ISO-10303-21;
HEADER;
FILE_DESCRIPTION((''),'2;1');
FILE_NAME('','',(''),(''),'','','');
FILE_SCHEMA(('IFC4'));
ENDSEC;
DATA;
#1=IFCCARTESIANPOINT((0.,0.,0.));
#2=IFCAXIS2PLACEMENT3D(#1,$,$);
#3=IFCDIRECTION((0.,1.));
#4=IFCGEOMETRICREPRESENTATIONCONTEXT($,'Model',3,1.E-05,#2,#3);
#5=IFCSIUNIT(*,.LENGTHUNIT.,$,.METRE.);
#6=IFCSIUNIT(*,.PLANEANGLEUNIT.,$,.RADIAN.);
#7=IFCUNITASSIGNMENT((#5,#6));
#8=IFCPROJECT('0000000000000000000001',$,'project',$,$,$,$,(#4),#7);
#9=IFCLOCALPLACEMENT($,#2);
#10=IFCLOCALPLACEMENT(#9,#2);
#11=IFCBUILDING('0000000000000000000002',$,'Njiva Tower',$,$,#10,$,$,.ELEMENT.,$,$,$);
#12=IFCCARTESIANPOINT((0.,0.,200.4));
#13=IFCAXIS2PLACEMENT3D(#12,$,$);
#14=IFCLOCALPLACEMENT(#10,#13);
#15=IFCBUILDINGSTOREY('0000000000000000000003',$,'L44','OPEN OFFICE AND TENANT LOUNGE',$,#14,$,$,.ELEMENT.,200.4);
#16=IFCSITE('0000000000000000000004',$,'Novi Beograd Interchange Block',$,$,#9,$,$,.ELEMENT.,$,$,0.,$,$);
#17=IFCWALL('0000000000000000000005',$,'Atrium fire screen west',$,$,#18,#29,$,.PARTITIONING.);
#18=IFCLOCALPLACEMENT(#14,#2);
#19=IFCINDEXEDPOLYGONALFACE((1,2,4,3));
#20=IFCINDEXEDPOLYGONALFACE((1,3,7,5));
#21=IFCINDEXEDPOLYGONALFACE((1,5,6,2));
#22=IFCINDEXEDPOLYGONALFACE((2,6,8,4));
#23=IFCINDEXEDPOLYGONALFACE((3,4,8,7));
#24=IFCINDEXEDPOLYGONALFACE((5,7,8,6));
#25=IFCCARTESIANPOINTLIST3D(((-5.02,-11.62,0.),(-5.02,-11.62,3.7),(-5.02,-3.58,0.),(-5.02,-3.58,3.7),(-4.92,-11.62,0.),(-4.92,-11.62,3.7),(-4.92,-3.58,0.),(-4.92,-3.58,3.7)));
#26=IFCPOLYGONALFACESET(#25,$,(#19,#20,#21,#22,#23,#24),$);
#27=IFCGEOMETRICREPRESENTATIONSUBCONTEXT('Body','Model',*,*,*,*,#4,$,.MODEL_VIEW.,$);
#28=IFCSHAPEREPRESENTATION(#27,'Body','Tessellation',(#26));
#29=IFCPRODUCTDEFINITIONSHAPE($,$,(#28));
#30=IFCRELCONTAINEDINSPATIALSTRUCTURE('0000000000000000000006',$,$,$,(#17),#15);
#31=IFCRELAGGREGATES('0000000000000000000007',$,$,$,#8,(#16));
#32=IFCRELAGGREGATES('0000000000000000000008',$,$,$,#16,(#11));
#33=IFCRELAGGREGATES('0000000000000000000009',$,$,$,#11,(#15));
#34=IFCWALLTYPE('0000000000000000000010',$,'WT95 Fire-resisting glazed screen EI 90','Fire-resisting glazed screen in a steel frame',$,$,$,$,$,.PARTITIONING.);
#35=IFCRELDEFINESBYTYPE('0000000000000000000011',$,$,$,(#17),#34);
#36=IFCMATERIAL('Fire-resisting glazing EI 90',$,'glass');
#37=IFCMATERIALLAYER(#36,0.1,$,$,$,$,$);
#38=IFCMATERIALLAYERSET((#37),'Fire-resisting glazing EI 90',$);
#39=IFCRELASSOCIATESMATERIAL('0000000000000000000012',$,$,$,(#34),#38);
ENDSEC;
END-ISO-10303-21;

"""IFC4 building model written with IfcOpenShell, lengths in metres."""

from ifc_helpers import new_model, si_unit, direction, frame, frame_2d, origin, place, context, subcontext, project, spatial, rectangle, extrude, material, layer, layer_set, type_object, element, save


model = new_model("IFC4")

# Units and contexts
model_context = context("Model", 3, precision=1e-05, world=origin(), true_north=direction((0.0, 1.0)))
body_context = subcontext(model_context, "Body", "Model", "MODEL_VIEW")
ifc_project = project(units=[si_unit("LENGTHUNIT", "METRE"), si_unit("PLANEANGLEUNIT", "RADIAN")], contexts=[model_context])

# Site, building, storey
site_placement = place(None, origin())
site = spatial("IfcSite", under=ifc_project, at=site_placement, Name="Novi Beograd Interchange Block", CompositionType="ELEMENT", RefElevation=0.0)
building_placement = place(site_placement, origin())
building = spatial("IfcBuilding", under=site, at=building_placement, Name="Njiva Tower", CompositionType="ELEMENT")
storey_placement = place(building_placement, frame((0.0, 0.0, 200.4)))
storey = spatial("IfcBuildingStorey", under=building, at=storey_placement, Name="L44", Description="OPEN OFFICE AND TENANT LOUNGE", CompositionType="ELEMENT", Elevation=200.4)

# Wall
ifc_material_1 = material(Name="Fire-resisting glazing EI 90", Category="glass")
ifc_layer_1 = layer(ifc_material_1, 0.1)
ifc_layer_set_1 = layer_set([ifc_layer_1], Name="Fire-resisting glazing EI 90")
wall_type_1 = type_object("IfcWallType", Name="WT95 Fire-resisting glazed screen EI 90", Description="Fire-resisting glazed screen in a steel frame", PredefinedType="PARTITIONING", material=ifc_layer_set_1)
wall_1_placement = place(storey_placement, frame((-4.97, -3.58, 0.0), z_axis=(0.0, 0.0, 1.0), x_axis=(0.0, -1.0, 0.0)))
element("IfcWall", 1, at=wall_1_placement, inside=storey, type_object=wall_type_1, Name="Atrium fire screen west", PredefinedType="PARTITIONING", context=body_context, shape_type="SweptSolid", body=[
    extrude(rectangle(XDim=8.04, YDim=0.1, at=frame_2d((4.02, 0.0))), origin(), (0.0, 0.0, 1.0), 3.7),
])

save(model, "model.ifc")
